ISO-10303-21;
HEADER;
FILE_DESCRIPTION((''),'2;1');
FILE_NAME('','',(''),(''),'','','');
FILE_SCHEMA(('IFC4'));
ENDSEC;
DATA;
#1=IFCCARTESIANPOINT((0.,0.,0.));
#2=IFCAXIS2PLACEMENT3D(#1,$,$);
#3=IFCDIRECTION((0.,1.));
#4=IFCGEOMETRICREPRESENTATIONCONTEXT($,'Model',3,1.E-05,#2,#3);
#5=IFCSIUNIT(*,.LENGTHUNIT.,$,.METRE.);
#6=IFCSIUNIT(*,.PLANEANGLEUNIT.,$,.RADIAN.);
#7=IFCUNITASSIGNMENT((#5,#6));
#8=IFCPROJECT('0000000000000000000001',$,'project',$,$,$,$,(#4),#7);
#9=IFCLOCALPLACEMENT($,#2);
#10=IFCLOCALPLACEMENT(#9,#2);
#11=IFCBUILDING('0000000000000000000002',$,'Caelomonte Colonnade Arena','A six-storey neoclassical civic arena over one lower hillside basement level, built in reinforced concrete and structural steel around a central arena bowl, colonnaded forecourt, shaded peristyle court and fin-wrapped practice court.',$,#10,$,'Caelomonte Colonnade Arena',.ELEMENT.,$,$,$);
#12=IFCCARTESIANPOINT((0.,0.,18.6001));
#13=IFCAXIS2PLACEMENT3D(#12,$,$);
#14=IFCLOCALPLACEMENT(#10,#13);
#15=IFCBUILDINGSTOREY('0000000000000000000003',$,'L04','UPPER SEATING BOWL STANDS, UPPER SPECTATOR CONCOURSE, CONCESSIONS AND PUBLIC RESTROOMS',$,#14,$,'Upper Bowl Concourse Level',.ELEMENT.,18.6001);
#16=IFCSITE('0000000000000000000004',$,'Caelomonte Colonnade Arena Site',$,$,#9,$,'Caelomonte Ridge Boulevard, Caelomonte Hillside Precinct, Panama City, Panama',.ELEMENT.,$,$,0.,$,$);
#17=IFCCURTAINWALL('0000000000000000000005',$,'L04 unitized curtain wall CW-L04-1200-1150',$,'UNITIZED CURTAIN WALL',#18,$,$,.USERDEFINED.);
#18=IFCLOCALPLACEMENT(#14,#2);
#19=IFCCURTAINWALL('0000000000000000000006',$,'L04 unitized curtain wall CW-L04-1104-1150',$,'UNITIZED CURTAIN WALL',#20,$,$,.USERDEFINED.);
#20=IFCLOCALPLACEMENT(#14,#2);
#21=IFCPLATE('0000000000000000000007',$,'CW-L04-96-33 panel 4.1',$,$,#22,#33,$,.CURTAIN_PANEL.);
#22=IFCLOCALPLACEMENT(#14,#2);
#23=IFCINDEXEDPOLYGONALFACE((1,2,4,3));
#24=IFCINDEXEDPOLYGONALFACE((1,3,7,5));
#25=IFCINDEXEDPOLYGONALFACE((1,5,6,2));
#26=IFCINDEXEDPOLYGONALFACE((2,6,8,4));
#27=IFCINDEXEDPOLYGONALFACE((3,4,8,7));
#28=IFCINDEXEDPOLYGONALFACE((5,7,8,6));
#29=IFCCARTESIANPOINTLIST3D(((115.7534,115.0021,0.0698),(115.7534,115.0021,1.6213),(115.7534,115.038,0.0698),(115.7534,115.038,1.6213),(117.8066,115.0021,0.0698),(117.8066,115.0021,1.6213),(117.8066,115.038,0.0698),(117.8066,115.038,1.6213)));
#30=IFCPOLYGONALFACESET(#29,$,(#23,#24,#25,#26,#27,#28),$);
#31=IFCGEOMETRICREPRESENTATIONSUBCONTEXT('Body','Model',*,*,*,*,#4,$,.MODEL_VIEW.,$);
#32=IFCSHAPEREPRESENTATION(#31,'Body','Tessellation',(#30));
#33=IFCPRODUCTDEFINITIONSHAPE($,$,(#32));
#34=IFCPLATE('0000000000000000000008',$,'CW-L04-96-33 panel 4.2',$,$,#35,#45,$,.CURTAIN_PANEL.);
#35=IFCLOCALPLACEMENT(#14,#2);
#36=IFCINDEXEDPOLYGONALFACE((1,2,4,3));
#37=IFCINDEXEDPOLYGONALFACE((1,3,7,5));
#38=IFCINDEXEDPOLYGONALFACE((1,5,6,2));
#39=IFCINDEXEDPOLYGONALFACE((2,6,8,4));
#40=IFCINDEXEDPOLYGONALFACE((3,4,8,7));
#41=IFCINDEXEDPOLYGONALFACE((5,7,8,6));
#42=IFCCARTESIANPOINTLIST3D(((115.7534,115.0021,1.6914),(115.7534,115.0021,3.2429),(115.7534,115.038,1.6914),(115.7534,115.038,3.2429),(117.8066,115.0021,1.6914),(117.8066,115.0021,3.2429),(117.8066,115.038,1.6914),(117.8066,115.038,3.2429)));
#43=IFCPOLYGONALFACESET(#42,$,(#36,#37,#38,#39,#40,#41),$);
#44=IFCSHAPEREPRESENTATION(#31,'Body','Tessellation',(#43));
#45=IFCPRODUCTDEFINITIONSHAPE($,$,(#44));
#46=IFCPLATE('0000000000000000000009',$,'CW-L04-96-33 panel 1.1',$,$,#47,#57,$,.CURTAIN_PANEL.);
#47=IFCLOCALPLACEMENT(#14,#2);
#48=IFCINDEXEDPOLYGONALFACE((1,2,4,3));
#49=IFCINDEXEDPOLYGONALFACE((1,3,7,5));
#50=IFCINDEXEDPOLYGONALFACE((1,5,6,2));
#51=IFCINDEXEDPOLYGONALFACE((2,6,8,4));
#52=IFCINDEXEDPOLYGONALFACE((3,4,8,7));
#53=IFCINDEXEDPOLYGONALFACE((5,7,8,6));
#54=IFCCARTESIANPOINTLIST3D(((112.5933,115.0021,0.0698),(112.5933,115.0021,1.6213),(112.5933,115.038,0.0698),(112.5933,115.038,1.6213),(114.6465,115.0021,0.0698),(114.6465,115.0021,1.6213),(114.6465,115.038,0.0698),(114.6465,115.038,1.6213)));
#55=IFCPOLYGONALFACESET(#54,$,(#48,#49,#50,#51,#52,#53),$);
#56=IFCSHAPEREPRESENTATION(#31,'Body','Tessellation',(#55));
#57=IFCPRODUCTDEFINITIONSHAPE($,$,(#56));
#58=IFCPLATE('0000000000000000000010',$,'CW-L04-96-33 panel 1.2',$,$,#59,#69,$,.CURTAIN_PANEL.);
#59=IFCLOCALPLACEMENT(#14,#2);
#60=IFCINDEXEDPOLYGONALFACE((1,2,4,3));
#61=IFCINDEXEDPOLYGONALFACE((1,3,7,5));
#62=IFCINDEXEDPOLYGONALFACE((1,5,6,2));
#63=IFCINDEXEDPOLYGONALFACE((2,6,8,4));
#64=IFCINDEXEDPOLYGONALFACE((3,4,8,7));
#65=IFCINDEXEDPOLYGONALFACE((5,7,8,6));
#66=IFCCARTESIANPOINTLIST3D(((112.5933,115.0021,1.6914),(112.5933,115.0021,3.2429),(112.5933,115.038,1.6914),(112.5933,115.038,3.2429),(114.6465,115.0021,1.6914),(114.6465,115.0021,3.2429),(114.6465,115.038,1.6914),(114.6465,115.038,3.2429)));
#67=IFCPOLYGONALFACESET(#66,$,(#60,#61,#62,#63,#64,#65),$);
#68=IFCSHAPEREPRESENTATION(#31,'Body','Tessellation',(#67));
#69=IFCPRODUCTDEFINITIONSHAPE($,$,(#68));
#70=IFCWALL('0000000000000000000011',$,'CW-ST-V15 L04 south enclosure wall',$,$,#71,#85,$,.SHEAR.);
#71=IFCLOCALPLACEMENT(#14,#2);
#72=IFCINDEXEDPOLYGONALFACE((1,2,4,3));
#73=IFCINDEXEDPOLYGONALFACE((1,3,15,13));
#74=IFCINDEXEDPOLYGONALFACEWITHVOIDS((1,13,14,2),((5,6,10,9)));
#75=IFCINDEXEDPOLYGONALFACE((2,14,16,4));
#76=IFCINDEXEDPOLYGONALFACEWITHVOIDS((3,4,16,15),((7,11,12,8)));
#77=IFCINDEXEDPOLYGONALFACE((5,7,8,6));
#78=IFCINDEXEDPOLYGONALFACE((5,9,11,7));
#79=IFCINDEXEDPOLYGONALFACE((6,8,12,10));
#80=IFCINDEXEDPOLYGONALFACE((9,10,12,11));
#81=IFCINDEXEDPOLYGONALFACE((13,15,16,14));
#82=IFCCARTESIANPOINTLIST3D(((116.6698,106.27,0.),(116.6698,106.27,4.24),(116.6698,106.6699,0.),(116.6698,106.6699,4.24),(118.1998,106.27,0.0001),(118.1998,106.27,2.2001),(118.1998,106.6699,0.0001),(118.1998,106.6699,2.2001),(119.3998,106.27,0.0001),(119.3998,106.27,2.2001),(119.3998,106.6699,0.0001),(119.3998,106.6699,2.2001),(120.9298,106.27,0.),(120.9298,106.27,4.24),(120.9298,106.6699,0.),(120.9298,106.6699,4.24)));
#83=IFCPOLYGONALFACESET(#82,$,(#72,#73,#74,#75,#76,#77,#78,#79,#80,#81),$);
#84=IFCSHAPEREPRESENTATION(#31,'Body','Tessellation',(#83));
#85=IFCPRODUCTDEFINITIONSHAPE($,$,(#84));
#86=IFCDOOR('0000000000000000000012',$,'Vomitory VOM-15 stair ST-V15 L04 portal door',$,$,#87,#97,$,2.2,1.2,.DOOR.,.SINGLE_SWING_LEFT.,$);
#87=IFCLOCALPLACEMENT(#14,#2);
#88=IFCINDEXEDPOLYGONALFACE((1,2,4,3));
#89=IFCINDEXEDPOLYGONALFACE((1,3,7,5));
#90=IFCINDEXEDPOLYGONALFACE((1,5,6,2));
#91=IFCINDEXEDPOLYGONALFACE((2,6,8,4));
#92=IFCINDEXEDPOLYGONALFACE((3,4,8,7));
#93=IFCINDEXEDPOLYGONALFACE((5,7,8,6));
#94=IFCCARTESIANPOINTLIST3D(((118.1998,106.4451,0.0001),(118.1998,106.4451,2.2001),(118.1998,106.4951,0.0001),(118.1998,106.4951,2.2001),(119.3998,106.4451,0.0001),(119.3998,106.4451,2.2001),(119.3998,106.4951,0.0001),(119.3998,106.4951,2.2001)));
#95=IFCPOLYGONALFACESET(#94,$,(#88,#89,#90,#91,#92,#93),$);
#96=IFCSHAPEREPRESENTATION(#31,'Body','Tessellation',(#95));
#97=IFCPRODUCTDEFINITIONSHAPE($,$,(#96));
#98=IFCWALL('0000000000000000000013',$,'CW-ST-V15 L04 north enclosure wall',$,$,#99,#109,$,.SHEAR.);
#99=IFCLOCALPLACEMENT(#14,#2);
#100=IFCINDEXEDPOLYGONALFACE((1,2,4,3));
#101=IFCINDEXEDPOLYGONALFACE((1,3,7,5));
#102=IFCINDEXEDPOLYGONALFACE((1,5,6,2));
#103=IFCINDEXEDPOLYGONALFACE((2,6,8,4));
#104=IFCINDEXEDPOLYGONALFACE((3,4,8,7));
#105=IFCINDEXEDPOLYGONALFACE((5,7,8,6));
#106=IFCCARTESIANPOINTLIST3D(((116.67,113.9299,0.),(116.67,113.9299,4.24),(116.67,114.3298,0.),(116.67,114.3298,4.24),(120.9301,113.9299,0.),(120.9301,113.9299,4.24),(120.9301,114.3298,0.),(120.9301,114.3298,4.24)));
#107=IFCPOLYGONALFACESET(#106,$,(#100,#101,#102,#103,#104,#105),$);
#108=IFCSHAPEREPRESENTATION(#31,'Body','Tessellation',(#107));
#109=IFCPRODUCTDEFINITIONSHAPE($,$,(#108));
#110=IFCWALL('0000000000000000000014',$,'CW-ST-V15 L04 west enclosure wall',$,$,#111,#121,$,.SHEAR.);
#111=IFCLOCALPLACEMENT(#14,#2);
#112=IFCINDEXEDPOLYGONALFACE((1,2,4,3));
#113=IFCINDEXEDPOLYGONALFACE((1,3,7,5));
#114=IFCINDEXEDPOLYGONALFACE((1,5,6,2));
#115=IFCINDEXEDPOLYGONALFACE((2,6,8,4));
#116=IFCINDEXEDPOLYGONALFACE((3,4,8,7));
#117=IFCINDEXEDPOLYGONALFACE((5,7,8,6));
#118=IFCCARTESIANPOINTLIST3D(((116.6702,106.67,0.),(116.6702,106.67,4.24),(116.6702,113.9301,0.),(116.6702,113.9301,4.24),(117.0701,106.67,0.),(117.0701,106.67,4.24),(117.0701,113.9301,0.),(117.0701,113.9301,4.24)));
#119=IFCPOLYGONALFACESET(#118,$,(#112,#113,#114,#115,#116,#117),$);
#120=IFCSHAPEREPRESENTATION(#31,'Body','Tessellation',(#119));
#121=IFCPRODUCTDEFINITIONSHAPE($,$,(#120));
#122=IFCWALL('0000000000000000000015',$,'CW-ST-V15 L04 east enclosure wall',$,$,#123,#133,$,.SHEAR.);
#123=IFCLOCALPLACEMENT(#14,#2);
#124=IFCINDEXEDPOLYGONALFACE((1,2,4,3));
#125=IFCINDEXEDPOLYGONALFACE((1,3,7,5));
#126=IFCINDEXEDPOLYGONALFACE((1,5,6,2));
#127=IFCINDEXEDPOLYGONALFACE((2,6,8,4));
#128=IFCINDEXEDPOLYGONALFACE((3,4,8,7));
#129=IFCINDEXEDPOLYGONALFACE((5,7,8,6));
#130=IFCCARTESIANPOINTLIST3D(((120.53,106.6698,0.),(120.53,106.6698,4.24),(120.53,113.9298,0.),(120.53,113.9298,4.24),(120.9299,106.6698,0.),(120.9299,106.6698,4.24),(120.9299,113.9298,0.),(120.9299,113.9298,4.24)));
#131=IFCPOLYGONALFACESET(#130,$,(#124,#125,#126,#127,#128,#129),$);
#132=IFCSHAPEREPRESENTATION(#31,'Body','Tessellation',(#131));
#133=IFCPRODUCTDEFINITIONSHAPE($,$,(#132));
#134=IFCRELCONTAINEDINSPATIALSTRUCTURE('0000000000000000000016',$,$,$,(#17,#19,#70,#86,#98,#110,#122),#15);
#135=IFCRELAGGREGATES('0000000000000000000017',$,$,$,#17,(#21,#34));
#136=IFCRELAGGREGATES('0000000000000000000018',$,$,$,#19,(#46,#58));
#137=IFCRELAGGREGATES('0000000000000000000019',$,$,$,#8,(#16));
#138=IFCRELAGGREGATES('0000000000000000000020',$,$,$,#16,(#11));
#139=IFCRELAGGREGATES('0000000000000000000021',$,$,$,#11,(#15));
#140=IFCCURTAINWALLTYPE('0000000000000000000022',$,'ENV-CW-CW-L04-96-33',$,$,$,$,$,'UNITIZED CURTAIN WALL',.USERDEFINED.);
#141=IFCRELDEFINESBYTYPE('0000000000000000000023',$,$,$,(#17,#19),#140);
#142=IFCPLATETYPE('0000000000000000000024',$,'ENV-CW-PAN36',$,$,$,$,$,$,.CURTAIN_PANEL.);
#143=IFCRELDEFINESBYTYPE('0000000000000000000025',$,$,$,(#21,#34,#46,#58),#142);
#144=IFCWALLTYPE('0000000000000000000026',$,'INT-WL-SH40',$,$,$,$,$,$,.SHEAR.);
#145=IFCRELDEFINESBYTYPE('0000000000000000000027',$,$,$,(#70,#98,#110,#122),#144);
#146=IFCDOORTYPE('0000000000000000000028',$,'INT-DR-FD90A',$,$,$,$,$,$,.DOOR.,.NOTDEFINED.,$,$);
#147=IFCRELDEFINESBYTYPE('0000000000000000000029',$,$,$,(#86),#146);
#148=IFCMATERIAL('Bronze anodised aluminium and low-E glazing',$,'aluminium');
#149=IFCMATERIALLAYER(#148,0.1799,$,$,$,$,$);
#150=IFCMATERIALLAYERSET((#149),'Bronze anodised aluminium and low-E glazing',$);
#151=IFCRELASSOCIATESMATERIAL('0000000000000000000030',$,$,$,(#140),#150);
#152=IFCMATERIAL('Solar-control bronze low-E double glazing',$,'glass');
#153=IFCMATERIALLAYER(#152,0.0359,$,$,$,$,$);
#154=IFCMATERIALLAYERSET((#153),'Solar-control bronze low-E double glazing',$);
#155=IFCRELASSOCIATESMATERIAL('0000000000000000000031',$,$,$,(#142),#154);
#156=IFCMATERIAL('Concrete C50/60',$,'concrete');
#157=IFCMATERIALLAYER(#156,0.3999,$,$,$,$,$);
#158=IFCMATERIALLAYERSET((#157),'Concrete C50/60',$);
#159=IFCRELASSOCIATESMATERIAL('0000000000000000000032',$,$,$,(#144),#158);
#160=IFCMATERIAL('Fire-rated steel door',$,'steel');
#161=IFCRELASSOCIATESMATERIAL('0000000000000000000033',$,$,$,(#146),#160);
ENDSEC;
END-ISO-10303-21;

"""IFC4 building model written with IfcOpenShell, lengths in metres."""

from ifc_helpers import new_model, si_unit, direction, frame, frame_2d, origin, origin_2d, place, context, subcontext, project, spatial, rectangle, extrude, material, layer, layer_set, type_object, element, fill, aggregate, save


model = new_model("IFC4")

# Units and contexts
model_context = context("Model", 3, precision=1e-05, world=origin(), true_north=direction((0.0, 1.0)))
body_context = subcontext(model_context, "Body", "Model", "MODEL_VIEW")
ifc_project = project(units=[si_unit("LENGTHUNIT", "METRE"), si_unit("PLANEANGLEUNIT", "RADIAN")], contexts=[model_context])

# Site, building, storey
site_placement = place(None, origin())
site = spatial("IfcSite", under=ifc_project, at=site_placement, Name="Caelomonte Colonnade Arena Site", LongName="Caelomonte Ridge Boulevard, Caelomonte Hillside Precinct, Panama City, Panama", CompositionType="ELEMENT", RefElevation=0.0)
building_placement = place(site_placement, origin())
building = spatial("IfcBuilding", under=site, at=building_placement, Name="Caelomonte Colonnade Arena", Description="A six-storey neoclassical civic arena over one lower hillside basement level, built in reinforced concrete and structural steel around a central arena bowl, colonnaded forecourt, shaded peristyle court and fin-wrapped practice court.", LongName="Caelomonte Colonnade Arena", CompositionType="ELEMENT")
storey_placement = place(building_placement, frame((0.0, 0.0, 18.6001)))
storey = spatial("IfcBuildingStorey", under=building, at=storey_placement, Name="L04", Description="UPPER SEATING BOWL STANDS, UPPER SPECTATOR CONCOURSE, CONCESSIONS AND PUBLIC RESTROOMS", LongName="Upper Bowl Concourse Level", CompositionType="ELEMENT", Elevation=18.6001)

# Curtain walls
ifc_material_1 = material(Name="Bronze anodised aluminium and low-E glazing", Category="aluminium")
ifc_layer_1 = layer(ifc_material_1, 0.1799)
ifc_layer_set_1 = layer_set([ifc_layer_1], Name="Bronze anodised aluminium and low-E glazing")
curtain_wall_type = type_object("IfcCurtainWallType", Name="ENV-CW-CW-L04-96-33", ElementType="UNITIZED CURTAIN WALL", PredefinedType="USERDEFINED", material=ifc_layer_set_1)
curtain_wall_1_placement = place(storey_placement, origin())
curtain_wall_1 = element("IfcCurtainWall", 1, at=curtain_wall_1_placement, inside=storey, type_object=curtain_wall_type, Name="L04 unitized curtain wall CW-L04-1200-1150", ObjectType="UNITIZED CURTAIN WALL", PredefinedType="USERDEFINED")
curtain_wall_2_placement = place(storey_placement, origin())
curtain_wall_2 = element("IfcCurtainWall", 2, at=curtain_wall_2_placement, inside=storey, type_object=curtain_wall_type, Name="L04 unitized curtain wall CW-L04-1104-1150", ObjectType="UNITIZED CURTAIN WALL", PredefinedType="USERDEFINED")

# Plates
ifc_material_2 = material(Name="Solar-control bronze low-E double glazing", Category="glass")
ifc_layer_2 = layer(ifc_material_2, 0.0359)
ifc_layer_set_2 = layer_set([ifc_layer_2], Name="Solar-control bronze low-E double glazing")
plate_type = type_object("IfcPlateType", Name="ENV-CW-PAN36", PredefinedType="CURTAIN_PANEL", material=ifc_layer_set_2)
plate_1_placement = place(storey_placement, frame((116.78, 115.02, 0.0698), z_axis=(0.0, 0.0, 1.0), x_axis=(-1.0, 0.0, 0.0)))
plate_1 = element("IfcPlate", 3, at=plate_1_placement, type_object=plate_type, Name="CW-L04-96-33 panel 4.1", PredefinedType="CURTAIN_PANEL", context=body_context, shape_type="SweptSolid", body=[
    extrude(rectangle(XDim=2.0532, YDim=0.0359, at=origin_2d()), origin(), (0.0, 0.0, 1.0), 1.5515),
])
plate_2_placement = place(storey_placement, frame((116.78, 115.02, 1.6914), z_axis=(0.0, 0.0, 1.0), x_axis=(-1.0, 0.0, 0.0)))
plate_2 = element("IfcPlate", 4, at=plate_2_placement, type_object=plate_type, Name="CW-L04-96-33 panel 4.2", PredefinedType="CURTAIN_PANEL", context=body_context, shape_type="SweptSolid", body=[
    extrude(rectangle(XDim=2.0532, YDim=0.0359, at=origin_2d()), origin(), (0.0, 0.0, 1.0), 1.5515),
])
aggregate(curtain_wall_1, [plate_1, plate_2])
plate_3_placement = place(storey_placement, frame((113.6199, 115.02, 0.0698), z_axis=(0.0, 0.0, 1.0), x_axis=(-1.0, 0.0, 0.0)))
plate_3 = element("IfcPlate", 5, at=plate_3_placement, type_object=plate_type, Name="CW-L04-96-33 panel 1.1", PredefinedType="CURTAIN_PANEL", context=body_context, shape_type="SweptSolid", body=[
    extrude(rectangle(XDim=2.0532, YDim=0.0359, at=origin_2d()), origin(), (0.0, 0.0, 1.0), 1.5515),
])
plate_4_placement = place(storey_placement, frame((113.6199, 115.02, 1.6914), z_axis=(0.0, 0.0, 1.0), x_axis=(-1.0, 0.0, 0.0)))
plate_4 = element("IfcPlate", 6, at=plate_4_placement, type_object=plate_type, Name="CW-L04-96-33 panel 1.2", PredefinedType="CURTAIN_PANEL", context=body_context, shape_type="SweptSolid", body=[
    extrude(rectangle(XDim=2.0532, YDim=0.0359, at=origin_2d()), origin(), (0.0, 0.0, 1.0), 1.5515),
])
aggregate(curtain_wall_2, [plate_3, plate_4])

# Wall, opening, door
ifc_material_3 = material(Name="Concrete C50/60", Category="concrete")
ifc_layer_3 = layer(ifc_material_3, 0.3999)
ifc_layer_set_3 = layer_set([ifc_layer_3], Name="Concrete C50/60")
wall_type = type_object("IfcWallType", Name="INT-WL-SH40", PredefinedType="SHEAR", material=ifc_layer_set_3)
wall_1_placement = place(storey_placement, frame((116.6699, 106.47, 0.0), z_axis=(0.0, 0.0, 1.0), x_axis=(1.0, 0.0, 0.0)))
wall_1 = element("IfcWall", 7, at=wall_1_placement, inside=storey, type_object=wall_type, Name="CW-ST-V15 L04 south enclosure wall", PredefinedType="SHEAR", context=body_context, shape_type="SweptSolid", body=[
    extrude(rectangle(XDim=4.26, YDim=0.3999, at=frame_2d((2.1299, 0.0))), origin(), (0.0, 0.0, 1.0), 4.24),
])
opening_placement = place(wall_1_placement, frame((2.73, 0.0, 0.0), z_axis=(0.0, 0.0, 1.0), x_axis=(-1.0, 0.0, 0.0)))
opening = element("IfcOpeningElement", 8, at=opening_placement, cuts=wall_1, PredefinedType="OPENING", context=body_context, shape_type="SweptSolid", body=[
    extrude(rectangle(XDim=1.2, YDim=2.2, at=frame_2d((0.6001, 1.1001))), frame((0.0, 0.21, 0.0), z_axis=(0.0, -1.0, 0.0), x_axis=(1.0, 0.0, 0.0)), (0.0, 0.0, 1.0), 0.4199),
])
ifc_material_4 = material(Name="Fire-rated steel door", Category="steel")
door_type = type_object("IfcDoorType", Name="INT-DR-FD90A", OperationType="NOTDEFINED", PredefinedType="DOOR", material=ifc_material_4)
door_placement = place(opening_placement, origin())
door = element("IfcDoor", 9, at=door_placement, inside=storey, type_object=door_type, Name="Vomitory VOM-15 stair ST-V15 L04 portal door", OperationType="SINGLE_SWING_LEFT", OverallHeight=2.2, OverallWidth=1.2, PredefinedType="DOOR", context=body_context, shape_type="SweptSolid", body=[
    extrude(rectangle(XDim=1.2, YDim=2.2, at=frame_2d((0.6001, 1.1001))), frame((0.0, 0.0249, 0.0), z_axis=(0.0, -1.0, 0.0), x_axis=(1.0, 0.0, 0.0)), (0.0, 0.0, 1.0), 0.05),
])
fill(opening, door)

# Walls
wall_2_placement = place(storey_placement, frame((120.9299, 114.1299, 0.0), z_axis=(0.0, 0.0, 1.0), x_axis=(-1.0, 0.0, 0.0)))
element("IfcWall", 10, at=wall_2_placement, inside=storey, type_object=wall_type, Name="CW-ST-V15 L04 north enclosure wall", PredefinedType="SHEAR", context=body_context, shape_type="SweptSolid", body=[
    extrude(rectangle(XDim=4.26, YDim=0.3999, at=frame_2d((2.1299, 0.0))), origin(), (0.0, 0.0, 1.0), 4.24),
])
for number, where, z_axis, x_axis, name in (
    (11, (116.8701, 113.9299, 0.0), (0.0, 0.0, 1.0), (0.0, -1.0, 0.0), "CW-ST-V15 L04 west enclosure wall"),
    (12, (120.73, 106.6699, 0.0), (0.0, 0.0, 1.0), (0.0, 1.0, 0.0), "CW-ST-V15 L04 east enclosure wall"),
):
    element("IfcWall", number, at=place(storey_placement, frame(where, z_axis=z_axis, x_axis=x_axis)), inside=storey, type_object=wall_type, Name=name, PredefinedType="SHEAR", context=body_context, shape_type="SweptSolid", body=[
        extrude(rectangle(XDim=7.26, YDim=0.3999, at=frame_2d((3.6299, 0.0))), origin(), (0.0, 0.0, 1.0), 4.24),
    ])

save(model, "model.ifc")
